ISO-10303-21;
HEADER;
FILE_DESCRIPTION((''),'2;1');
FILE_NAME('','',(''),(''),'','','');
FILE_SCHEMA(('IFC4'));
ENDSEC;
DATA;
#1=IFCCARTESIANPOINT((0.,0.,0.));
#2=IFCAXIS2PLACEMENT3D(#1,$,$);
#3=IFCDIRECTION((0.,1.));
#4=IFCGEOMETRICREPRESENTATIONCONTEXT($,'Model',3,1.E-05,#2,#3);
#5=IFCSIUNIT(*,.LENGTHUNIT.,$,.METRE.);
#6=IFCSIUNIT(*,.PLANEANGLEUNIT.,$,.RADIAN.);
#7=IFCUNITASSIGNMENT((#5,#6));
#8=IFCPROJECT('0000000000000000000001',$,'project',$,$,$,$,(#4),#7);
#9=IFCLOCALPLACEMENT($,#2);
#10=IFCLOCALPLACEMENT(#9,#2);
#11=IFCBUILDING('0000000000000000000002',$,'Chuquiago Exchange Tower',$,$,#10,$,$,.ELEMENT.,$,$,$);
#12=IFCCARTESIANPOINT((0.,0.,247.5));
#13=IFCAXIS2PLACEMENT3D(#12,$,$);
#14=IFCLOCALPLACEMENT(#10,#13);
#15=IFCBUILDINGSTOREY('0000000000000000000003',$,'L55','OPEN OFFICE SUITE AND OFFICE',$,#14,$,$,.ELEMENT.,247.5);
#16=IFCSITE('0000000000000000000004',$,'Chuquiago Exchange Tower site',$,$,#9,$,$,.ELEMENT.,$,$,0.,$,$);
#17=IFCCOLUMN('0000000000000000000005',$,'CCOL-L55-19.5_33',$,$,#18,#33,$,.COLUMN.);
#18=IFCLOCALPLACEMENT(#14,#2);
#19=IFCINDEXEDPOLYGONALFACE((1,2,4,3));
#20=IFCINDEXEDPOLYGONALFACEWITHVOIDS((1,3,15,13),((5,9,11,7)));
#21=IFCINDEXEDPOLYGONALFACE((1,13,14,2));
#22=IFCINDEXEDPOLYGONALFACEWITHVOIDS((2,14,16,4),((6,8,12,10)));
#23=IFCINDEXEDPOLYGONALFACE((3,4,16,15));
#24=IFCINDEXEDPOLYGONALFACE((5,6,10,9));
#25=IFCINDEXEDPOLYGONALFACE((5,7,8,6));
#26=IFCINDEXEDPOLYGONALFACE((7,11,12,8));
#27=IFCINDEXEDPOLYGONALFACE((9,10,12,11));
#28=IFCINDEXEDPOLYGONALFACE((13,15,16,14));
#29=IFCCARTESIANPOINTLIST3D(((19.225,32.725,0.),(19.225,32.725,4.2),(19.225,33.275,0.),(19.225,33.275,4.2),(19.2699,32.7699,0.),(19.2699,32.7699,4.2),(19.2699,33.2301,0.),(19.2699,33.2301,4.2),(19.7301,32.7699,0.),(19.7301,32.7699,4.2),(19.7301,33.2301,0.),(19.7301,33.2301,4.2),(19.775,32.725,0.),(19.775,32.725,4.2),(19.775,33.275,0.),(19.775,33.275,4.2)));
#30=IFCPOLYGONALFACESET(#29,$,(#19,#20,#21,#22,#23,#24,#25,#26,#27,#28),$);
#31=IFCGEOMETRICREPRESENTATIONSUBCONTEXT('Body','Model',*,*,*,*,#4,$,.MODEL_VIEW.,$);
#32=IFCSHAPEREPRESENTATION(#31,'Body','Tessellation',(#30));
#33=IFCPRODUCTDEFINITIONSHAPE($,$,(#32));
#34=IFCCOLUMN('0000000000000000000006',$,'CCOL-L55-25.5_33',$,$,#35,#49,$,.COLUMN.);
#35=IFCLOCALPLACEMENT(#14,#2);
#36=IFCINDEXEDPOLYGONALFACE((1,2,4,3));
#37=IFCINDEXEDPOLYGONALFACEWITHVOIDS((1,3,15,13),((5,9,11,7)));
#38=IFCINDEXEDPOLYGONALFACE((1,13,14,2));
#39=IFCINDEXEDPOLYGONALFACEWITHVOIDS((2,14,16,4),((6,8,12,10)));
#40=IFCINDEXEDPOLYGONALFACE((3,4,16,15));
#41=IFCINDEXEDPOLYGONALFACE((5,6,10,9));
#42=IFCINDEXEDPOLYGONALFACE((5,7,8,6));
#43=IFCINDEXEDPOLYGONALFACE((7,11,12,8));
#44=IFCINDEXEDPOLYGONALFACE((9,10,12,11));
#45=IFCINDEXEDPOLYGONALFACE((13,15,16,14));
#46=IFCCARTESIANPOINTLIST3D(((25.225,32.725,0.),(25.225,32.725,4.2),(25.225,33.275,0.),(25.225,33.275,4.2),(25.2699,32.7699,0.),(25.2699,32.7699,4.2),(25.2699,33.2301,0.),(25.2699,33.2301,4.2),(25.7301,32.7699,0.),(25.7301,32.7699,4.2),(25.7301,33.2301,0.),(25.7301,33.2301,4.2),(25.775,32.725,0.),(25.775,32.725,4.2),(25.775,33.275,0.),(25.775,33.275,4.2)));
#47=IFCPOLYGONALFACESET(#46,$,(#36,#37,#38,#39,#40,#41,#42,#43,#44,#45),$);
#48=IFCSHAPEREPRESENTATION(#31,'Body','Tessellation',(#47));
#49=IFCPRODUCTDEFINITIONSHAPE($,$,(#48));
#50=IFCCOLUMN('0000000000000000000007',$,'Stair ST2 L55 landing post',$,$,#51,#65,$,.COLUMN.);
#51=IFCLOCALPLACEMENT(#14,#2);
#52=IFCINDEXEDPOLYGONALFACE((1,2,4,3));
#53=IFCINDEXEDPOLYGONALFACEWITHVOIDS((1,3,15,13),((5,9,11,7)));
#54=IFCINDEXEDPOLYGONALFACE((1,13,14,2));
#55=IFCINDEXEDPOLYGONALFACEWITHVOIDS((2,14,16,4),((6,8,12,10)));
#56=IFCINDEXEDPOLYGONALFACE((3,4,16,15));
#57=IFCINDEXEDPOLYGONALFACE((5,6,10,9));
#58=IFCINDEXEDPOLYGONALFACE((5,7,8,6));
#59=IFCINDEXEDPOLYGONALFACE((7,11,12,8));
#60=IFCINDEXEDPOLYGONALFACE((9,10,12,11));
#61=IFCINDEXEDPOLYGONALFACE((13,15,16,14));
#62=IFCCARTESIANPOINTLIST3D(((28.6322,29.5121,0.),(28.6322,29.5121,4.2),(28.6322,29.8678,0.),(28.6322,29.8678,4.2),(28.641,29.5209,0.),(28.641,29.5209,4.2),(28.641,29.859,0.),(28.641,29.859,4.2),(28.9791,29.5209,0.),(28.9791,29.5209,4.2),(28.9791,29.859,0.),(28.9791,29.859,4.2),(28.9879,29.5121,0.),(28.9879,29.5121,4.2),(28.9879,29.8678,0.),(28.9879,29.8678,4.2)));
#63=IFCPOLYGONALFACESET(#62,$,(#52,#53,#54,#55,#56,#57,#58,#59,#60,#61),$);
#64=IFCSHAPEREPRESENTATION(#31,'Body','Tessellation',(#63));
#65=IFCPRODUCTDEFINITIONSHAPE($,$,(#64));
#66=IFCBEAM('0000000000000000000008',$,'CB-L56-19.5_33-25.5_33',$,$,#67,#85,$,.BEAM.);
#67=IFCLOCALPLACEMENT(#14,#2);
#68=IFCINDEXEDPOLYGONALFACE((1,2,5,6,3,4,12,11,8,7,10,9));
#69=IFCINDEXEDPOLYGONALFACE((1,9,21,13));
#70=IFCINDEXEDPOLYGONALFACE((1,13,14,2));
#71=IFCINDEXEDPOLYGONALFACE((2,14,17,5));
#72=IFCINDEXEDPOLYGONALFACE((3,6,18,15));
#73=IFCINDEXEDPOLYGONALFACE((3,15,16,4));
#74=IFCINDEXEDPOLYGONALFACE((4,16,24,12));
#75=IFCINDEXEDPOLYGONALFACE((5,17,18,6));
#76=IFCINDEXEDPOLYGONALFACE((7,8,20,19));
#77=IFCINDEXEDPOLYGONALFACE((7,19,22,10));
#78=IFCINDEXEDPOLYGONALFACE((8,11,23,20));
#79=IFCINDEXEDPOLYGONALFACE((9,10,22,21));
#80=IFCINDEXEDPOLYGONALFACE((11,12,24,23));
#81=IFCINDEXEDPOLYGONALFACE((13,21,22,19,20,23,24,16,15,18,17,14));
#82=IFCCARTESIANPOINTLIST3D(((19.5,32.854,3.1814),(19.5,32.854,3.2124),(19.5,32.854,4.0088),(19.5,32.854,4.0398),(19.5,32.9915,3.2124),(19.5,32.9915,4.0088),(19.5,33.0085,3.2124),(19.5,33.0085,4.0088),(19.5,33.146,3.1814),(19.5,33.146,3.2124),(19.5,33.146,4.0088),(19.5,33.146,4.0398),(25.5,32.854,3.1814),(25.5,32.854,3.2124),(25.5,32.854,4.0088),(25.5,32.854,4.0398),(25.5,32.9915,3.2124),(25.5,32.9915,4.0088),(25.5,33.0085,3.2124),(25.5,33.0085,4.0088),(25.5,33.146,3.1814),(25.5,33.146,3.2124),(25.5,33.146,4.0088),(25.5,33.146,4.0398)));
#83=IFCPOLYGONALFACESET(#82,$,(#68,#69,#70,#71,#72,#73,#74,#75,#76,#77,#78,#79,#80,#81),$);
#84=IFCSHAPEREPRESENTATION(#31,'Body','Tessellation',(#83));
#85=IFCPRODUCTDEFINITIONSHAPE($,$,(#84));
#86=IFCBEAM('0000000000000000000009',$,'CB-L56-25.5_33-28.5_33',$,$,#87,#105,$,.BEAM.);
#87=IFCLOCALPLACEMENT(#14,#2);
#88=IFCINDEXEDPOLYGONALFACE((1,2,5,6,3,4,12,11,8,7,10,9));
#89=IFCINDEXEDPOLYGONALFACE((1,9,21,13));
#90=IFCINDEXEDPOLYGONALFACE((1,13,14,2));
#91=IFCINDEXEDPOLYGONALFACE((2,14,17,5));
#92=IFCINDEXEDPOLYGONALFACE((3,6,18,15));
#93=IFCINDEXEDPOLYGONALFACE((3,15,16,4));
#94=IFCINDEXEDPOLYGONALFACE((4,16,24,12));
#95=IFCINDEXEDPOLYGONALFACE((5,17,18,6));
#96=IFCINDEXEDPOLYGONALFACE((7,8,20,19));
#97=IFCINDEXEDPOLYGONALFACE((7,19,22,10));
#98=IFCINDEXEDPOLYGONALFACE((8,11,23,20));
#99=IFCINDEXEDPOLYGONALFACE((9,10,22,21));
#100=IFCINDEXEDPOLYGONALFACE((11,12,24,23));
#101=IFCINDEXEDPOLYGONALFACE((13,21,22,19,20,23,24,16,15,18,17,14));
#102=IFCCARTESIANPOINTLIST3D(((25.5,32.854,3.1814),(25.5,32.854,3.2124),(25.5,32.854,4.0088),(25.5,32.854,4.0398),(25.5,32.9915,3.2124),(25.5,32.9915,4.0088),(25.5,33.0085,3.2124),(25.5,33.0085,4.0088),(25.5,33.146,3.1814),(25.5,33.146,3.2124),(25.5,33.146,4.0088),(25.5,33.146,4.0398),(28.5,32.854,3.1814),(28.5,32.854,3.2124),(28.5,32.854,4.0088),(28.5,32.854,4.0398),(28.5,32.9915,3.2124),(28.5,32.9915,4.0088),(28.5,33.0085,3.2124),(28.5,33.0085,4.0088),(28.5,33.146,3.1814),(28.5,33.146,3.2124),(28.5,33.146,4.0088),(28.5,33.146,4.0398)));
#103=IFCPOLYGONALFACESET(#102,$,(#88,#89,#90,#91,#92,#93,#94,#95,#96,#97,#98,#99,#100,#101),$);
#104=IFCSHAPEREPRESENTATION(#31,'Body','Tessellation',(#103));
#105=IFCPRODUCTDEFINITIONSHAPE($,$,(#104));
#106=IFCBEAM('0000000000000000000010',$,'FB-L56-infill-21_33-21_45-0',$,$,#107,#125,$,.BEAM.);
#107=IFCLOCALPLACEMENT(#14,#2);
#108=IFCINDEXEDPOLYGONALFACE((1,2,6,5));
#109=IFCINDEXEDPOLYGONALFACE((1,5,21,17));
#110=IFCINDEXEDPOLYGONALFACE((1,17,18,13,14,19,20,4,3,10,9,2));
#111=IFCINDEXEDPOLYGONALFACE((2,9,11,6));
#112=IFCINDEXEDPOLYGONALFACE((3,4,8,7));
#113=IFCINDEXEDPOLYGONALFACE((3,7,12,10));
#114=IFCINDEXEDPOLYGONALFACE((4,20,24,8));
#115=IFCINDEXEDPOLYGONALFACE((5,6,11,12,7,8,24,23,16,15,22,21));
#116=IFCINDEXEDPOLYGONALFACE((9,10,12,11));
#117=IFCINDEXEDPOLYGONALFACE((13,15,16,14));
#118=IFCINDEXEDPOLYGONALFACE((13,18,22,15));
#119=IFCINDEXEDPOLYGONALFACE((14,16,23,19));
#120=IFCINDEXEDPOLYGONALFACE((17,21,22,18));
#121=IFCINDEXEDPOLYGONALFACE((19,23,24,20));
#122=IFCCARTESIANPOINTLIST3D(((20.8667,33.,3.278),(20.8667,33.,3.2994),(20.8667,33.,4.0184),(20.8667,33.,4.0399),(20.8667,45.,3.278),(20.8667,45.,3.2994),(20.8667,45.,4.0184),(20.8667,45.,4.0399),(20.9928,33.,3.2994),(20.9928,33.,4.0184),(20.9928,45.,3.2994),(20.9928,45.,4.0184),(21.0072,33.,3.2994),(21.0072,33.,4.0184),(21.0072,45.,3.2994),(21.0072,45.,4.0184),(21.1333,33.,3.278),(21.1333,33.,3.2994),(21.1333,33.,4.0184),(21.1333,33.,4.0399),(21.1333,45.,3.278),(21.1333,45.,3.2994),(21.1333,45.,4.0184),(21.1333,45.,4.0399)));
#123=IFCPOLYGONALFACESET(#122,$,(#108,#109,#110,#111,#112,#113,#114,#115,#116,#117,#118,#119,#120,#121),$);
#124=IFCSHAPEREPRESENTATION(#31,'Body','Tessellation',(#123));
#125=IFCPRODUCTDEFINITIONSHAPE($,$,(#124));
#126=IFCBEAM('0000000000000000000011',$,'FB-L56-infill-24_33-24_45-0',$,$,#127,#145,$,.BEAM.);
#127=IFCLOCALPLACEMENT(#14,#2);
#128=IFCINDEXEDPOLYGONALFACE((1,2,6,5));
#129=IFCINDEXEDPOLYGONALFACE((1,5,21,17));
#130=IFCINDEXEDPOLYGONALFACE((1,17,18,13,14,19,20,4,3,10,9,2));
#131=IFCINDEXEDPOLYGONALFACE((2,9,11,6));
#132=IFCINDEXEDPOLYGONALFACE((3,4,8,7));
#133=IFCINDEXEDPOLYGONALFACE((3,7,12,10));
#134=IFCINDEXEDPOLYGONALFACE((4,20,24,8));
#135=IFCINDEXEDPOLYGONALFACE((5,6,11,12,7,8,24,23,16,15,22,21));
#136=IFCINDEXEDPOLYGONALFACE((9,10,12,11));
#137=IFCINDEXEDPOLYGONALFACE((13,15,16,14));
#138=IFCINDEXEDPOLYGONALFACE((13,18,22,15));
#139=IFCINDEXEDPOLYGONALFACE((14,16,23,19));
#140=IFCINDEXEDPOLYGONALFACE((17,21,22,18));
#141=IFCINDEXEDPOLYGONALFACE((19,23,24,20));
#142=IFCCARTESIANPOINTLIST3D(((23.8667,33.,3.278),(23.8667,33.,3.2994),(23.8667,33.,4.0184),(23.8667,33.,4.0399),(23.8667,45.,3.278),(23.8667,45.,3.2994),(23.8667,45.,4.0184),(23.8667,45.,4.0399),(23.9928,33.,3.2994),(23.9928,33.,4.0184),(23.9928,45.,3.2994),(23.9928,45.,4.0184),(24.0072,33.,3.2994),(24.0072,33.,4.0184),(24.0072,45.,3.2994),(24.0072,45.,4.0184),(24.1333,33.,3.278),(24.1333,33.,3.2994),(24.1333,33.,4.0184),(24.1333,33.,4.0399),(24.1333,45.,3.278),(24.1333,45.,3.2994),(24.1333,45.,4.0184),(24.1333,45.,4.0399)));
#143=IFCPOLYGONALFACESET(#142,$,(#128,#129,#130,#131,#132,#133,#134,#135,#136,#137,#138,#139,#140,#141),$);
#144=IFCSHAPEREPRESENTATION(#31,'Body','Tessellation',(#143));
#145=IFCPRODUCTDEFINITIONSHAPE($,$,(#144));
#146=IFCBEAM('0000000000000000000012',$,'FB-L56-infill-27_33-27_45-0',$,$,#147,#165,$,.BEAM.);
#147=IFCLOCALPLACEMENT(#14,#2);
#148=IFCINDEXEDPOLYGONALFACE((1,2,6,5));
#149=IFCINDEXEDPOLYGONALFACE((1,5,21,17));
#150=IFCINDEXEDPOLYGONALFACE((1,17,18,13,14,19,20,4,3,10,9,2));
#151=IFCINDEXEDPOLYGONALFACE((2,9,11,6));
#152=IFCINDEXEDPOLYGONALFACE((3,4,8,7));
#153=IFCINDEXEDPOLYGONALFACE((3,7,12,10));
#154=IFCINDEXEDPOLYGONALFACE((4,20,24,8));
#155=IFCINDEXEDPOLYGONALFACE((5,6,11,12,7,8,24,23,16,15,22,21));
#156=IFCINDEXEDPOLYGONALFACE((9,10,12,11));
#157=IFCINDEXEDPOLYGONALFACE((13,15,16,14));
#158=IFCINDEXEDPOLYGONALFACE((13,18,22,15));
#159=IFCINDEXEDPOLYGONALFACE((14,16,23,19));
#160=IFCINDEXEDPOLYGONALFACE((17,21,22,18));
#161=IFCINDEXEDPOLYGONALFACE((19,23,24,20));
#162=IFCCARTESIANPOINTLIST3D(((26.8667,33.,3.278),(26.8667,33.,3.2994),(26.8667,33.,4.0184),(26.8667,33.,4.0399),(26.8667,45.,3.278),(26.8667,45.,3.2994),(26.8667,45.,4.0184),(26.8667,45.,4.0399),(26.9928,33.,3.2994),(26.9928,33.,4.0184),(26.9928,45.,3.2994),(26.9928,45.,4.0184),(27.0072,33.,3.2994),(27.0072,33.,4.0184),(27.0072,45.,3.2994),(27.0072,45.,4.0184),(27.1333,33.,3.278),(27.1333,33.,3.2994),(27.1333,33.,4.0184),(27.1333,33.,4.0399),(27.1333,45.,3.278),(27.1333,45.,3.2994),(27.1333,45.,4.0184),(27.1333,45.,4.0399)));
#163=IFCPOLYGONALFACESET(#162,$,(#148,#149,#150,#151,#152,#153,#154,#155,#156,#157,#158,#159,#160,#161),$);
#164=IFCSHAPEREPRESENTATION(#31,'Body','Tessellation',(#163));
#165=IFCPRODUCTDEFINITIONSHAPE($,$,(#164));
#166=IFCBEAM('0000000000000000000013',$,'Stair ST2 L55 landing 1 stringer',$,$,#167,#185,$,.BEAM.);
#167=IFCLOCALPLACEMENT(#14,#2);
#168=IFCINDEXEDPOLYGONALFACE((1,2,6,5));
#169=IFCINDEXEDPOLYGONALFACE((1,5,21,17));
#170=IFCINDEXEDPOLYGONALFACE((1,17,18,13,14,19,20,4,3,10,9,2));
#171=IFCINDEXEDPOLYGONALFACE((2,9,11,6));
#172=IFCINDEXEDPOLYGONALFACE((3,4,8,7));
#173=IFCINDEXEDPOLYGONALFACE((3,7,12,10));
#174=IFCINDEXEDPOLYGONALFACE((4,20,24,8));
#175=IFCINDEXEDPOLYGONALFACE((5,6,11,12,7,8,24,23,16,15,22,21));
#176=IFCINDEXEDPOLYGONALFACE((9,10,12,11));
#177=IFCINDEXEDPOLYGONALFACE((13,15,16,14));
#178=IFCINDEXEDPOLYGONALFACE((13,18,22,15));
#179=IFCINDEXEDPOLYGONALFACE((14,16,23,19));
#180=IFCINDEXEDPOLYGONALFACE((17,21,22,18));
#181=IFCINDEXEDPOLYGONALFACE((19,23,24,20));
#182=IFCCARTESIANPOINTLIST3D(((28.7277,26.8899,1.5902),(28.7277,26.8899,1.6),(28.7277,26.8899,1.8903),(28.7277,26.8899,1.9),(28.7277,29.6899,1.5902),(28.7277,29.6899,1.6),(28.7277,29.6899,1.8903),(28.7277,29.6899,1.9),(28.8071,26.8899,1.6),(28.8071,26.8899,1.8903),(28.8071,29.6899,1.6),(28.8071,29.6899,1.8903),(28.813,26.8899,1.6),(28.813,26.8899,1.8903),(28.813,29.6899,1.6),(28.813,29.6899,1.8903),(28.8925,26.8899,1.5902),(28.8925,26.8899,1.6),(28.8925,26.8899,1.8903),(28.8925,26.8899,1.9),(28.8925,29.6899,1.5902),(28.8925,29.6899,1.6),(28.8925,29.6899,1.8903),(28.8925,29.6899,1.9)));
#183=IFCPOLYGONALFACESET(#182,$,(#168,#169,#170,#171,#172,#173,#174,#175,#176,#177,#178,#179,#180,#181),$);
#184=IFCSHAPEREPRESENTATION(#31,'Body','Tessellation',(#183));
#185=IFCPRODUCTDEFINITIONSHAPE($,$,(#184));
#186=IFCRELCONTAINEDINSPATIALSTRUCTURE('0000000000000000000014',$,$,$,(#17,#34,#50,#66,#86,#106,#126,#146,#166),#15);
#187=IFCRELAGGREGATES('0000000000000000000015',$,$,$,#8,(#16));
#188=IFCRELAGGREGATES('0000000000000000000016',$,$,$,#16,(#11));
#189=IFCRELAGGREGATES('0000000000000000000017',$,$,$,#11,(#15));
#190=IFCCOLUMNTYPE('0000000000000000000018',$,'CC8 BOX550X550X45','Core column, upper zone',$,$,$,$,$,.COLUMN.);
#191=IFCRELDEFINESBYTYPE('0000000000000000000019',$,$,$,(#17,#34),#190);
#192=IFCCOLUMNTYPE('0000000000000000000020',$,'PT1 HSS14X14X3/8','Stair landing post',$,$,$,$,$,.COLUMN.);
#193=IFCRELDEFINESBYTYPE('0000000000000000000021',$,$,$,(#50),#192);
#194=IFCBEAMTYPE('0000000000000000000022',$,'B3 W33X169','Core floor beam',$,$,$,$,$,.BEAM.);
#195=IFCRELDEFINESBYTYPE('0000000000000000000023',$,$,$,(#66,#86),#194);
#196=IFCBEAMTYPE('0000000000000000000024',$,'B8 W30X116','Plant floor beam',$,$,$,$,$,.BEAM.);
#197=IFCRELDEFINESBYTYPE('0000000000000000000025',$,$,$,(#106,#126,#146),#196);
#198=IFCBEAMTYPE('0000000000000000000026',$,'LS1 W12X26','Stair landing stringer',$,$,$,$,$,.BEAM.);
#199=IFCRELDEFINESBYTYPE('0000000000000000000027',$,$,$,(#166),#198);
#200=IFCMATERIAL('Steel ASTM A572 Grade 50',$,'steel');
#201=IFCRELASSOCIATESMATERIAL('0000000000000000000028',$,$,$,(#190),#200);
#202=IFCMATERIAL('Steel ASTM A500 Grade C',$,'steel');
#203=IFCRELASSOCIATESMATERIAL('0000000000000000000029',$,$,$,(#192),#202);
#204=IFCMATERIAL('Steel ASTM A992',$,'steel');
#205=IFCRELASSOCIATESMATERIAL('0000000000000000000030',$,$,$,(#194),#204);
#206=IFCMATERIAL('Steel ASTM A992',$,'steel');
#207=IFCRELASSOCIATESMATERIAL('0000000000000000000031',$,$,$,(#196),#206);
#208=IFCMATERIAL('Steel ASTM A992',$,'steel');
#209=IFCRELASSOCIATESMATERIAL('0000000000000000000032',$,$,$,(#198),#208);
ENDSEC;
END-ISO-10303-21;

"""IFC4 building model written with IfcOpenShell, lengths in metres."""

from ifc_helpers import new_model, si_unit, direction, frame, origin, origin_2d, place, context, subcontext, project, spatial, hollow_rectangle, i_section, extrude, material, material_profile, profile_set, type_object, element, save


model = new_model("IFC4")

# Units and contexts
model_context = context("Model", 3, precision=1e-05, world=origin(), true_north=direction((0.0, 1.0)))
body_context = subcontext(model_context, "Body", "Model", "MODEL_VIEW")
ifc_project = project(units=[si_unit("LENGTHUNIT", "METRE"), si_unit("PLANEANGLEUNIT", "RADIAN")], contexts=[model_context])

# Site, building, storey
site_placement = place(None, origin())
site = spatial("IfcSite", under=ifc_project, at=site_placement, Name="Chuquiago Exchange Tower site", CompositionType="ELEMENT", RefElevation=0.0)
building_placement = place(site_placement, origin())
building = spatial("IfcBuilding", under=site, at=building_placement, Name="Chuquiago Exchange Tower", CompositionType="ELEMENT")
storey_placement = place(building_placement, frame((0.0, 0.0, 247.5)))
storey = spatial("IfcBuildingStorey", under=building, at=storey_placement, Name="L55", Description="OPEN OFFICE SUITE AND OFFICE", CompositionType="ELEMENT", Elevation=247.5)

# Columns
ifc_material_1 = material(Name="Steel ASTM A572 Grade 50", Category="steel")
ifc_material_profile_1 = material_profile(ifc_material_1, hollow_rectangle(XDim=0.55, YDim=0.55, WallThickness=0.0449, at=origin_2d()), Name="BOX550X550X45")
ifc_profile_set_1 = profile_set([ifc_material_profile_1], Name="Steel ASTM A572 Grade 50")
column_type_1 = type_object("IfcColumnType", Name="CC8 BOX550X550X45", Description="Core column, upper zone", PredefinedType="COLUMN", material=ifc_profile_set_1)
for number, where, z_axis, x_axis, name in (
    (1, (19.5, 33.0, 0.0), (0.0, 0.0, 1.0), (1.0, 0.0, 0.0), "CCOL-L55-19.5_33"),
    (2, (25.5, 33.0, 0.0), (0.0, 0.0, 1.0), (1.0, 0.0, 0.0), "CCOL-L55-25.5_33"),
):
    element("IfcColumn", number, at=place(storey_placement, frame(where, z_axis=z_axis, x_axis=x_axis)), inside=storey, type_object=column_type_1, Name=name, PredefinedType="COLUMN", context=body_context, shape_type="SweptSolid", body=[
        extrude(hollow_rectangle(XDim=0.55, YDim=0.55, WallThickness=0.0449, at=origin_2d()), origin(), (0.0, 0.0, 1.0), 4.2),
    ])
ifc_material_2 = material(Name="Steel ASTM A500 Grade C", Category="steel")
ifc_material_profile_2 = material_profile(ifc_material_2, hollow_rectangle(XDim=0.3557, YDim=0.3557, WallThickness=0.0088, at=origin_2d()), Name="HSS14X14X3/8")
ifc_profile_set_2 = profile_set([ifc_material_profile_2], Name="Steel ASTM A500 Grade C")
column_type_2 = type_object("IfcColumnType", Name="PT1 HSS14X14X3/8", Description="Stair landing post", PredefinedType="COLUMN", material=ifc_profile_set_2)
column_placement = place(storey_placement, frame((28.8101, 29.6899, 0.0), z_axis=(0.0, 0.0, 1.0), x_axis=(1.0, 0.0, 0.0)))
element("IfcColumn", 3, at=column_placement, inside=storey, type_object=column_type_2, Name="Stair ST2 L55 landing post", PredefinedType="COLUMN", context=body_context, shape_type="SweptSolid", body=[
    extrude(hollow_rectangle(XDim=0.3557, YDim=0.3557, WallThickness=0.0088, at=origin_2d()), origin(), (0.0, 0.0, 1.0), 4.2),
])

# Beams
ifc_material_3 = material(Name="Steel ASTM A992", Category="steel")
ifc_material_profile_3 = material_profile(ifc_material_3, i_section(OverallWidth=0.292, OverallDepth=0.8584, WebThickness=0.0171, FlangeThickness=0.031, at=origin_2d()), Name="W33X169")
ifc_profile_set_3 = profile_set([ifc_material_profile_3], Name="Steel ASTM A992")
beam_type_1 = type_object("IfcBeamType", Name="B3 W33X169", Description="Core floor beam", PredefinedType="BEAM", material=ifc_profile_set_3)
beam_1_placement = place(storey_placement, frame((19.5, 33.0, 3.6106), z_axis=(1.0, 0.0, 0.0), x_axis=(0.0, 1.0, 0.0)))
element("IfcBeam", 4, at=beam_1_placement, inside=storey, type_object=beam_type_1, Name="CB-L56-19.5_33-25.5_33", PredefinedType="BEAM", context=body_context, shape_type="SweptSolid", body=[
    extrude(i_section(OverallWidth=0.292, OverallDepth=0.8584, WebThickness=0.0171, FlangeThickness=0.031, at=origin_2d()), origin(), (0.0, 0.0, 1.0), 6.0),
])
beam_2_placement = place(storey_placement, frame((25.5, 33.0, 3.6106), z_axis=(1.0, 0.0, 0.0), x_axis=(0.0, 1.0, 0.0)))
element("IfcBeam", 5, at=beam_2_placement, inside=storey, type_object=beam_type_1, Name="CB-L56-25.5_33-28.5_33", PredefinedType="BEAM", context=body_context, shape_type="SweptSolid", body=[
    extrude(i_section(OverallWidth=0.292, OverallDepth=0.8584, WebThickness=0.0171, FlangeThickness=0.031, at=origin_2d()), origin(), (0.0, 0.0, 1.0), 3.0),
])
ifc_material_4 = material(Name="Steel ASTM A992", Category="steel")
ifc_material_profile_4 = material_profile(ifc_material_4, i_section(OverallWidth=0.2666, OverallDepth=0.762, WebThickness=0.0144, FlangeThickness=0.0215, at=origin_2d()), Name="W30X116")
ifc_profile_set_4 = profile_set([ifc_material_profile_4], Name="Steel ASTM A992")
beam_type_2 = type_object("IfcBeamType", Name="B8 W30X116", Description="Plant floor beam", PredefinedType="BEAM", material=ifc_profile_set_4)
for number, where, z_axis, x_axis, name in (
    (6, (21.0, 33.0, 3.6589), (0.0, 1.0, 0.0), (-1.0, 0.0, 0.0), "FB-L56-infill-21_33-21_45-0"),
    (7, (24.0, 33.0, 3.6589), (0.0, 1.0, 0.0), (-1.0, 0.0, 0.0), "FB-L56-infill-24_33-24_45-0"),
    (8, (27.0, 33.0, 3.6589), (0.0, 1.0, 0.0), (-1.0, 0.0, 0.0), "FB-L56-infill-27_33-27_45-0"),
):
    element("IfcBeam", number, at=place(storey_placement, frame(where, z_axis=z_axis, x_axis=x_axis)), inside=storey, type_object=beam_type_2, Name=name, PredefinedType="BEAM", context=body_context, shape_type="SweptSolid", body=[
        extrude(i_section(OverallWidth=0.2666, OverallDepth=0.762, WebThickness=0.0144, FlangeThickness=0.0215, at=origin_2d()), origin(), (0.0, 0.0, 1.0), 12.0),
    ])
ifc_material_5 = material(Name="Steel ASTM A992", Category="steel")
ifc_material_profile_5 = material_profile(ifc_material_5, i_section(OverallWidth=0.1648, OverallDepth=0.3098, WebThickness=0.0059, FlangeThickness=0.0098, at=origin_2d()), Name="W12X26")
ifc_profile_set_5 = profile_set([ifc_material_profile_5], Name="Steel ASTM A992")
beam_type_3 = type_object("IfcBeamType", Name="LS1 W12X26", Description="Stair landing stringer", PredefinedType="BEAM", material=ifc_profile_set_5)
beam_3_placement = place(storey_placement, frame((28.8101, 26.8899, 1.7451), z_axis=(0.0, 1.0, 0.0), x_axis=(-1.0, 0.0, 0.0)))
element("IfcBeam", 9, at=beam_3_placement, inside=storey, type_object=beam_type_3, Name="Stair ST2 L55 landing 1 stringer", PredefinedType="BEAM", context=body_context, shape_type="SweptSolid", body=[
    extrude(i_section(OverallWidth=0.1648, OverallDepth=0.3098, WebThickness=0.0059, FlangeThickness=0.0098, at=origin_2d()), origin(), (0.0, 0.0, 1.0), 2.8),
])

save(model, "model.ifc")
